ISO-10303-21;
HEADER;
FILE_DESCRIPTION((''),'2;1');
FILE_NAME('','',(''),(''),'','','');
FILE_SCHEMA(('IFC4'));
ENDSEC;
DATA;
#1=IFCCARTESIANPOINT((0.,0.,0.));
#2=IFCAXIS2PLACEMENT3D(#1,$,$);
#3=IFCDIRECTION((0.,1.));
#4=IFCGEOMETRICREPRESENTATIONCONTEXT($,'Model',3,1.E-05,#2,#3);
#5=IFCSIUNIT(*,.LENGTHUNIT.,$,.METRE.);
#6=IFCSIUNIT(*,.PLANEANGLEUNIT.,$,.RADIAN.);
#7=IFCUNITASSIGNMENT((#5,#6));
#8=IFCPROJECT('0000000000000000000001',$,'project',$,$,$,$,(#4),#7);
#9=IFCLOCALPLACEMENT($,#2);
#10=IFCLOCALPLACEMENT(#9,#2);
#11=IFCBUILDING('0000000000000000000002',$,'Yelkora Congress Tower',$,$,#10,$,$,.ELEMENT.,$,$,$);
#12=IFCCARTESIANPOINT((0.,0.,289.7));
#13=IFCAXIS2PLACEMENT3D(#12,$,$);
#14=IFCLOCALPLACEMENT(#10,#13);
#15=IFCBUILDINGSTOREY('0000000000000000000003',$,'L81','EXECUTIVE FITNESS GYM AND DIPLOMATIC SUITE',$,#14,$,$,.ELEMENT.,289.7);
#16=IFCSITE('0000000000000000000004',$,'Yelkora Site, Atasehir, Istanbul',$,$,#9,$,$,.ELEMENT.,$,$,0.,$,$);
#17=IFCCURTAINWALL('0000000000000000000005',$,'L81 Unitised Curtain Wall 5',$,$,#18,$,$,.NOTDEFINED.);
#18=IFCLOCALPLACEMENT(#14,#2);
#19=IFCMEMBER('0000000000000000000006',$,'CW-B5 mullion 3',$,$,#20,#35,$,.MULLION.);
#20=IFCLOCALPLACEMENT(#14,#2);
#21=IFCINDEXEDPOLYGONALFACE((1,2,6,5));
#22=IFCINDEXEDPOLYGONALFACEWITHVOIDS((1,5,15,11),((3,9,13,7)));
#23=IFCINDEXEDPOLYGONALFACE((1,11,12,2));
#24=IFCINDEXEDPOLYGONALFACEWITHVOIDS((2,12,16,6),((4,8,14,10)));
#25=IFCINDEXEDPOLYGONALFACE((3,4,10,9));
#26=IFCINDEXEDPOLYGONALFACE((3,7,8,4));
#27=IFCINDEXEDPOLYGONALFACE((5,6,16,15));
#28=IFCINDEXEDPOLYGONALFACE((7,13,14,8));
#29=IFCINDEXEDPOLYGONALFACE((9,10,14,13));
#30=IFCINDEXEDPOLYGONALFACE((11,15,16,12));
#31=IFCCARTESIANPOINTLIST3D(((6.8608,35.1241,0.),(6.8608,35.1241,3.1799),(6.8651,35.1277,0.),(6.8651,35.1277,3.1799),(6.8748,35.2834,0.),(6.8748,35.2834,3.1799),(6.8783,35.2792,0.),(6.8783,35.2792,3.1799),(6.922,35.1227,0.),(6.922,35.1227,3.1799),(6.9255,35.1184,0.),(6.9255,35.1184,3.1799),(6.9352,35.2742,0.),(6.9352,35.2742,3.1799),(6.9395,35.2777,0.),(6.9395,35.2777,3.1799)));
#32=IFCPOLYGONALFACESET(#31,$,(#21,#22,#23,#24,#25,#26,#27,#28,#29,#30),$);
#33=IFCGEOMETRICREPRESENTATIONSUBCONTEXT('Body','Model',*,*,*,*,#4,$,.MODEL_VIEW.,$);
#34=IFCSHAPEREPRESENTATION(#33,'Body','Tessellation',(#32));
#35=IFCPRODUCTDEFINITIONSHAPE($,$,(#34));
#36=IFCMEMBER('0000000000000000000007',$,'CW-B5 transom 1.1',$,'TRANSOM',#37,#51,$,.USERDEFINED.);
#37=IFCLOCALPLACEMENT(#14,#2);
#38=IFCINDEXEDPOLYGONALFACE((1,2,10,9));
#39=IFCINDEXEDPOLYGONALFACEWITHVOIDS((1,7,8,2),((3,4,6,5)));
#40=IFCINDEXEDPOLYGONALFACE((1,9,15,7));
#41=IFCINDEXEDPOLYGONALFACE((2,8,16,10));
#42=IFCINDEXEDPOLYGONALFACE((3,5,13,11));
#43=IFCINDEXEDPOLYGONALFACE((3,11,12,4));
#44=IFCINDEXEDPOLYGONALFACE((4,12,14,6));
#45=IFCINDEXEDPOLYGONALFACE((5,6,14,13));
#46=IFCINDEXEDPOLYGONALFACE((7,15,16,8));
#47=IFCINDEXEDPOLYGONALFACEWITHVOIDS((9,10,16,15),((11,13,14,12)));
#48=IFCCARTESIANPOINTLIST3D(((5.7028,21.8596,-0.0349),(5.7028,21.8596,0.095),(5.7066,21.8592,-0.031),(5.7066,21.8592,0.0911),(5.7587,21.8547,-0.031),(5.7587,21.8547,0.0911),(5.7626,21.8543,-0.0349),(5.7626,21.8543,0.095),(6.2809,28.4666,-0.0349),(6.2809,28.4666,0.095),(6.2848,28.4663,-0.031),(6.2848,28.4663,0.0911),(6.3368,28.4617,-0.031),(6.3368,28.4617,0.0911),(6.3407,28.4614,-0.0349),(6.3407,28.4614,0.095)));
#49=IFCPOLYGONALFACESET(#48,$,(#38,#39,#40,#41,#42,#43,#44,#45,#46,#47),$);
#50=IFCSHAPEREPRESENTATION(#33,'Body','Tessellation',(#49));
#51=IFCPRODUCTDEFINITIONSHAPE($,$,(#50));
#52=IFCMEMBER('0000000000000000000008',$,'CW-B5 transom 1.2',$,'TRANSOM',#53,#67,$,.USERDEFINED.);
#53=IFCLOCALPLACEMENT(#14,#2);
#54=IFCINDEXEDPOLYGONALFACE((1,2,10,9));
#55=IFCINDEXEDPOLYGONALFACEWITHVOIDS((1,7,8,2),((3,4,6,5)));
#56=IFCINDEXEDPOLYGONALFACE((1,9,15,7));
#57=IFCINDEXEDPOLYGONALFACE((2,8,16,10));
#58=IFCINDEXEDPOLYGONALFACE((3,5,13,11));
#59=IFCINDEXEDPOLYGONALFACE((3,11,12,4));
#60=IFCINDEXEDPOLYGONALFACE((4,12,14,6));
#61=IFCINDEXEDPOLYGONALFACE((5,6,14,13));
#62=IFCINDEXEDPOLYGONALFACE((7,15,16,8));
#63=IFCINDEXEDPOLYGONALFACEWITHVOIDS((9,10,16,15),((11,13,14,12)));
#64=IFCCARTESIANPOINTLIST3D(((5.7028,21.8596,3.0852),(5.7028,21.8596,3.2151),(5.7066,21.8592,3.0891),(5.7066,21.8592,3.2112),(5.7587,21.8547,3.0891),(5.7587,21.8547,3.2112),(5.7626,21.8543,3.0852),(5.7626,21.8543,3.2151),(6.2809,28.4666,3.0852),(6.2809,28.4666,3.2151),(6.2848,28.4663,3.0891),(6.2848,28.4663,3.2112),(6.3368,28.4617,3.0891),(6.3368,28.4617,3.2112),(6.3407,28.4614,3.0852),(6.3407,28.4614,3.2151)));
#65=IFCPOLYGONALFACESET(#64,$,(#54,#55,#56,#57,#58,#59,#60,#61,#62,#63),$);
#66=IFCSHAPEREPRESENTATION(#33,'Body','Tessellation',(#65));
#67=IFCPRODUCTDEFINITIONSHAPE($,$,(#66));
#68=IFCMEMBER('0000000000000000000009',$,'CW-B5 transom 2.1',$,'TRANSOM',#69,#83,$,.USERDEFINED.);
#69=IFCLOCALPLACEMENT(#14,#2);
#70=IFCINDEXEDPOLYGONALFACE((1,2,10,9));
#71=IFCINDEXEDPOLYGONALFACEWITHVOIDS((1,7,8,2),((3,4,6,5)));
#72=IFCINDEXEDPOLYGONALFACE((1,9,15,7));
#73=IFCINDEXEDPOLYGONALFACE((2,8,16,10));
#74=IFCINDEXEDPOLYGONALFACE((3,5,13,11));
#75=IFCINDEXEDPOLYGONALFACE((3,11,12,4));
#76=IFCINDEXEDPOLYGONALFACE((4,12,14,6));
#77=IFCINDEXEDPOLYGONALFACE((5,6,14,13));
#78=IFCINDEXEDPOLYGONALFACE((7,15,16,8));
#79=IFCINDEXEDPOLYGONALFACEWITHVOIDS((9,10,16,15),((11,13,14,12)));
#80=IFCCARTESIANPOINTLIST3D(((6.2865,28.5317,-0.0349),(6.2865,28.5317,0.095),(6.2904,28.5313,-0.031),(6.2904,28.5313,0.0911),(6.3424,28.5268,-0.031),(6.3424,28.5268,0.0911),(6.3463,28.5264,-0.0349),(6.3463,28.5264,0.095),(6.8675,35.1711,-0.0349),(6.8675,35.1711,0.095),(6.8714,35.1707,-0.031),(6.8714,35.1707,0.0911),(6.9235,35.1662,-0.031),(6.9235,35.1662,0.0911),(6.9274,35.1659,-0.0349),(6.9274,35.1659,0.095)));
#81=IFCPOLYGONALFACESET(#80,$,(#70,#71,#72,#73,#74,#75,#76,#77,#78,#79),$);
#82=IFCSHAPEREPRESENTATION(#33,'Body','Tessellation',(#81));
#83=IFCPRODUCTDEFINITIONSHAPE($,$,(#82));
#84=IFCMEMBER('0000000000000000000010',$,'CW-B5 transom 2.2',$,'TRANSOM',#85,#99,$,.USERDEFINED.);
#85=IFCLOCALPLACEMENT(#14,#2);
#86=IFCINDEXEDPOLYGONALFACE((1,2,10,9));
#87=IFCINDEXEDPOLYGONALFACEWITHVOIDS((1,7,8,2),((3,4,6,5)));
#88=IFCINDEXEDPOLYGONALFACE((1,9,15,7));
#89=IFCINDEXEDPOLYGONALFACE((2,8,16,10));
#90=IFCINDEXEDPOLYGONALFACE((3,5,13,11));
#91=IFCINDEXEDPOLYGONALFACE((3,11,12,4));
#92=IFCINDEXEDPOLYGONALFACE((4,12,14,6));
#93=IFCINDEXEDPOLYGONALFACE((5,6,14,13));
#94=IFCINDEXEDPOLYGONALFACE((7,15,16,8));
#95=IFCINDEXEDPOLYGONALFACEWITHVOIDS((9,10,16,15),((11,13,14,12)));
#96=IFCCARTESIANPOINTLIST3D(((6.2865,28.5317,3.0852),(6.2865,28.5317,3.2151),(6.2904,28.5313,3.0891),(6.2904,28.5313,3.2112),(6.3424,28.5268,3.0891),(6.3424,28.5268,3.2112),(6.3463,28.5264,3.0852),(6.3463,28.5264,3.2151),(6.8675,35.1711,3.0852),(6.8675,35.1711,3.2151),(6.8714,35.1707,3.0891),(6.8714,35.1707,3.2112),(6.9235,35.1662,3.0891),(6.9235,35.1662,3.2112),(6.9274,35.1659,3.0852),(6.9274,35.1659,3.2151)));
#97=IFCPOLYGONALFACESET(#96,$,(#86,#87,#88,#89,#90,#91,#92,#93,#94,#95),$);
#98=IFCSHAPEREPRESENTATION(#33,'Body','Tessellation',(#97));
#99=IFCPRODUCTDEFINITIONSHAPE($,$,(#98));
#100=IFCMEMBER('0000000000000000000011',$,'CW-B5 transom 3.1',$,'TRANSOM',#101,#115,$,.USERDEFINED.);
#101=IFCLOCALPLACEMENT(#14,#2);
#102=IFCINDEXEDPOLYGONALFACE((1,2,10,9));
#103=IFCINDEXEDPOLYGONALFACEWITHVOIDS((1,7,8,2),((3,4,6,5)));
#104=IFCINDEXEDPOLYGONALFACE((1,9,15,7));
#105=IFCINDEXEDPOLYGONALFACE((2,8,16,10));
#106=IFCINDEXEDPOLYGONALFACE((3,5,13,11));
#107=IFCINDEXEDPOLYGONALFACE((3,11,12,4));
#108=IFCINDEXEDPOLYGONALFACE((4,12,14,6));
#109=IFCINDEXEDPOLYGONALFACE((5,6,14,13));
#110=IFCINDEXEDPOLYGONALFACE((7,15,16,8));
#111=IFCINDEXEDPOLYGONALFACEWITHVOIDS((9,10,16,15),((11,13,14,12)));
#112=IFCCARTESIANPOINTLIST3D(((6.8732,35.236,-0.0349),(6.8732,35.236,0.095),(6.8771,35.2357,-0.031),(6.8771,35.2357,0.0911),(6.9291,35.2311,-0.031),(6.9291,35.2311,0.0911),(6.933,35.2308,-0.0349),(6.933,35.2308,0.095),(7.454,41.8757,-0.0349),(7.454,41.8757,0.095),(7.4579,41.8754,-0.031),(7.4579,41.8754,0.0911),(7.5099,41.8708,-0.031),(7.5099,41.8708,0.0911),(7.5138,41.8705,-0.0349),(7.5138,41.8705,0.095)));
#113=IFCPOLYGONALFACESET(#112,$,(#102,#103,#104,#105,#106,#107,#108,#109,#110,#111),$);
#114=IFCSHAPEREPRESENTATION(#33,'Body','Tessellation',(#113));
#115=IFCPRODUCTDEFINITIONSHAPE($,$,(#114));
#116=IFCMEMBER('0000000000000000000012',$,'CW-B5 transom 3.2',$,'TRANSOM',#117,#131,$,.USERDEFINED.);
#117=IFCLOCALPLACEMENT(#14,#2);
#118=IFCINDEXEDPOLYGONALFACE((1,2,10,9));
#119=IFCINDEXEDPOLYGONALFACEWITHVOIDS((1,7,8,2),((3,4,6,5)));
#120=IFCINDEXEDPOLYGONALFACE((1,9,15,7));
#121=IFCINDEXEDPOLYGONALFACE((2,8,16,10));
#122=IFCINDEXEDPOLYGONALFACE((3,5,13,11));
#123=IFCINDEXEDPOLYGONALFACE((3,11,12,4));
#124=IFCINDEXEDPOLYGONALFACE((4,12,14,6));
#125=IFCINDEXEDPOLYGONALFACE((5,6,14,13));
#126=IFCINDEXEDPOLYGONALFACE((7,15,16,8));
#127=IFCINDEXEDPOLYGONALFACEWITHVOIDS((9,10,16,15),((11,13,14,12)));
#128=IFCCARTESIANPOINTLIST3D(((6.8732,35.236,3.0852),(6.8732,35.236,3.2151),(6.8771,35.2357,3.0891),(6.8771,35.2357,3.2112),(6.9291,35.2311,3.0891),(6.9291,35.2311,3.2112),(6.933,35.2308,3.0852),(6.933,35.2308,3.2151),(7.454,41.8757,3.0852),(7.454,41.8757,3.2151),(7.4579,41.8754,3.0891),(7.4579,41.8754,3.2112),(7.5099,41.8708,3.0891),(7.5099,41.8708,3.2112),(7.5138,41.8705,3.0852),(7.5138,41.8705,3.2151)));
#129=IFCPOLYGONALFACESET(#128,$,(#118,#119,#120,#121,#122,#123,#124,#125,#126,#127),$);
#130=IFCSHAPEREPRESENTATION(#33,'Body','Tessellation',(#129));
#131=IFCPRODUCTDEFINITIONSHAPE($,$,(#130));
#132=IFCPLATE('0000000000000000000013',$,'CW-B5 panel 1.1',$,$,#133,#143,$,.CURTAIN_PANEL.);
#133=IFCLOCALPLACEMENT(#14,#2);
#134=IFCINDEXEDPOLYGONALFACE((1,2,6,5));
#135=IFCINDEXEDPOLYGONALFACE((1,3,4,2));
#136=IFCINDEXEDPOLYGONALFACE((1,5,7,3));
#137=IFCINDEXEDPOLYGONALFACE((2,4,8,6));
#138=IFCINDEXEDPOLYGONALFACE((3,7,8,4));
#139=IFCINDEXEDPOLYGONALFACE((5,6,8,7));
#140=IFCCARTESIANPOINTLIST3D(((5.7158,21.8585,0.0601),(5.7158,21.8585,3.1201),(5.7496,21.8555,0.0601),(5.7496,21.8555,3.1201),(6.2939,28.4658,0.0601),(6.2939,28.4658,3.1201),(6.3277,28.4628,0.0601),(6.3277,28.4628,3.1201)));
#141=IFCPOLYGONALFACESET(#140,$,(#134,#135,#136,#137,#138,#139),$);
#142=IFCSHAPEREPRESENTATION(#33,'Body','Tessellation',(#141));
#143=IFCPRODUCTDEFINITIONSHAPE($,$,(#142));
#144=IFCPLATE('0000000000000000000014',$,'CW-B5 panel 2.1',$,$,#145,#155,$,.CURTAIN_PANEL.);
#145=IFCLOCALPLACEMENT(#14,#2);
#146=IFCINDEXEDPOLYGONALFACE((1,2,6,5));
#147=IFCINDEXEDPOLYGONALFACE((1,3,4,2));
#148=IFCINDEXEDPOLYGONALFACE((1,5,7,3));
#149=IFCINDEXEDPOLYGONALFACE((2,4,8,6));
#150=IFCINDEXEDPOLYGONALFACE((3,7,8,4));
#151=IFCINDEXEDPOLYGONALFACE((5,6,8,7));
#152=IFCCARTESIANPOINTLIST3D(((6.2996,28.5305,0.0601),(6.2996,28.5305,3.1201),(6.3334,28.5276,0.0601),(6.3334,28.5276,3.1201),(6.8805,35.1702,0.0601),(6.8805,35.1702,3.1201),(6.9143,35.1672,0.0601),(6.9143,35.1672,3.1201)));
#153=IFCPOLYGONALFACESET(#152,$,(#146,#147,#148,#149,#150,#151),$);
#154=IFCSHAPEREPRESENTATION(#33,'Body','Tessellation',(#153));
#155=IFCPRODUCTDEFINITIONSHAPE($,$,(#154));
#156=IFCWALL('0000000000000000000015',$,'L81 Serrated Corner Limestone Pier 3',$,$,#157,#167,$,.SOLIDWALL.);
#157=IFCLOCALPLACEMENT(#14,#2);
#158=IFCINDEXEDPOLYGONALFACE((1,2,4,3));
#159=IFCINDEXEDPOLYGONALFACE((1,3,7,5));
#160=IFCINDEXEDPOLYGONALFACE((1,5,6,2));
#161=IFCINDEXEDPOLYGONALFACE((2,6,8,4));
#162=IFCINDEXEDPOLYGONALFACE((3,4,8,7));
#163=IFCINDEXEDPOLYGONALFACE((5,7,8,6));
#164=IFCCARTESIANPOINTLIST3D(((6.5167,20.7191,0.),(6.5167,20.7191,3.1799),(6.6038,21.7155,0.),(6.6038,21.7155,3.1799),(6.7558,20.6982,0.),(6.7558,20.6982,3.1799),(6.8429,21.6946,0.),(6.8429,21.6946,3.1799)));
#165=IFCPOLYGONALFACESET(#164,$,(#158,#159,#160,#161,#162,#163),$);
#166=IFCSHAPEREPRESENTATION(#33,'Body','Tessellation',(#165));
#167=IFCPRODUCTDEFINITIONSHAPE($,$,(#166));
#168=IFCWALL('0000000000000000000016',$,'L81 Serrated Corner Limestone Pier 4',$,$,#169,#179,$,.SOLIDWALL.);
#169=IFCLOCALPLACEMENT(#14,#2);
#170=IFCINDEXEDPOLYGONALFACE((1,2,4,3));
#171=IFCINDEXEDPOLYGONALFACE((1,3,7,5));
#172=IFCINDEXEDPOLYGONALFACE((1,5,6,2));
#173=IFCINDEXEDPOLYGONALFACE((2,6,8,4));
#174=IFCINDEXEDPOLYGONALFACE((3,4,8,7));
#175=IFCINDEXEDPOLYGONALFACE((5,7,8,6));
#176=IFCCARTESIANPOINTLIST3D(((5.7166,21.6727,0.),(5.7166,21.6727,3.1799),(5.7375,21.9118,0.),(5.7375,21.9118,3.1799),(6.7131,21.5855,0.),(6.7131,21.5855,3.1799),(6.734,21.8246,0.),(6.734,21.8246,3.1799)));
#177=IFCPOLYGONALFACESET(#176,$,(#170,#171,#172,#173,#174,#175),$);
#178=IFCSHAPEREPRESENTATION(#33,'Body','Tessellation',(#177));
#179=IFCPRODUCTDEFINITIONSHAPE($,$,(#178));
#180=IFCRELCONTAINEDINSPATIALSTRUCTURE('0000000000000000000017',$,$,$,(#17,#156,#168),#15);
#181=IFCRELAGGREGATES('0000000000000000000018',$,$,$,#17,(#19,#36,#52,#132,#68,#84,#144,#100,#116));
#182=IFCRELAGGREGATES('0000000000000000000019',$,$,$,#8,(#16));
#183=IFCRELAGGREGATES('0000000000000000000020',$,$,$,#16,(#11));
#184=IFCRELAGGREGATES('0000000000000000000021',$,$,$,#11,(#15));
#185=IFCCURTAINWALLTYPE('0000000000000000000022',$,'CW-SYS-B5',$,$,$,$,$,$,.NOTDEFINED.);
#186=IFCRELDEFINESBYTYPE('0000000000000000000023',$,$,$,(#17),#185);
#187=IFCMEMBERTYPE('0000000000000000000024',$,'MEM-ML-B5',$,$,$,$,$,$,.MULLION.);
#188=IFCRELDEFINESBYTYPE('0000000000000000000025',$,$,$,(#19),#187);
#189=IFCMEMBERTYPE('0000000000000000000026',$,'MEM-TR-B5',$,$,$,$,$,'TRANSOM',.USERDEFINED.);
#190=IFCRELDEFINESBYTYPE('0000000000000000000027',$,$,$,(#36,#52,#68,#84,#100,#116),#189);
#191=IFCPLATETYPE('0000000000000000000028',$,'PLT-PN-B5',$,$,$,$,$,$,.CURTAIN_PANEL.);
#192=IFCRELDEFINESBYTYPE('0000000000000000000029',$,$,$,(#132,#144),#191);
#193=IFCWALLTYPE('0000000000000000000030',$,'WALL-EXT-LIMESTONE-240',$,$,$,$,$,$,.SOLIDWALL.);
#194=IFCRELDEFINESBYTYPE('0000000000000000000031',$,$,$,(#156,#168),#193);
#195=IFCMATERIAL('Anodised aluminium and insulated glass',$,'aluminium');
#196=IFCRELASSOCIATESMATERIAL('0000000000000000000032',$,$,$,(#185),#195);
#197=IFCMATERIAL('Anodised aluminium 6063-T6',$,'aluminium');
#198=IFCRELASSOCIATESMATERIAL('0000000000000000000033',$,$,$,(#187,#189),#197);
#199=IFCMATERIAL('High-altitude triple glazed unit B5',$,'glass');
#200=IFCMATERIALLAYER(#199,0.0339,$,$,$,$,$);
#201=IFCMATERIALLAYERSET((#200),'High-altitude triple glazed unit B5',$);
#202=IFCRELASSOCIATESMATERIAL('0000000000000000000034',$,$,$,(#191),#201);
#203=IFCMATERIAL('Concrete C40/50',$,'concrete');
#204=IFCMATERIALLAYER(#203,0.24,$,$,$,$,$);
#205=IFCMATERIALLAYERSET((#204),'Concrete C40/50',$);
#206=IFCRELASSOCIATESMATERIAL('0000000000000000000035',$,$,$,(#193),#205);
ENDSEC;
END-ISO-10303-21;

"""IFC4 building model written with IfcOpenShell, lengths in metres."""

from ifc_helpers import new_model, si_unit, direction, frame, frame_2d, origin, origin_2d, place, context, subcontext, project, spatial, rectangle, hollow_rectangle, extrude, material, layer, layer_set, material_profile, profile_set, type_object, element, aggregate, save


model = new_model("IFC4")

# Units and contexts
model_context = context("Model", 3, precision=1e-05, world=origin(), true_north=direction((0.0, 1.0)))
body_context = subcontext(model_context, "Body", "Model", "MODEL_VIEW")
ifc_project = project(units=[si_unit("LENGTHUNIT", "METRE"), si_unit("PLANEANGLEUNIT", "RADIAN")], contexts=[model_context])

# Site, building, storey
site_placement = place(None, origin())
site = spatial("IfcSite", under=ifc_project, at=site_placement, Name="Yelkora Site, Atasehir, Istanbul", CompositionType="ELEMENT", RefElevation=0.0)
building_placement = place(site_placement, origin())
building = spatial("IfcBuilding", under=site, at=building_placement, Name="Yelkora Congress Tower", CompositionType="ELEMENT")
storey_placement = place(building_placement, frame((0.0, 0.0, 289.7)))
storey = spatial("IfcBuildingStorey", under=building, at=storey_placement, Name="L81", Description="EXECUTIVE FITNESS GYM AND DIPLOMATIC SUITE", CompositionType="ELEMENT", Elevation=289.7)

# Curtain wall, members, plates
ifc_material_1 = material(Name="Anodised aluminium and insulated glass", Category="aluminium")
curtain_wall_type = type_object("IfcCurtainWallType", Name="CW-SYS-B5", PredefinedType="NOTDEFINED", material=ifc_material_1)
curtain_wall_placement = place(storey_placement, origin())
curtain_wall = element("IfcCurtainWall", 1, at=curtain_wall_placement, inside=storey, type_object=curtain_wall_type, Name="L81 Unitised Curtain Wall 5", PredefinedType="NOTDEFINED")
ifc_material_2 = material(Name="Anodised aluminium 6063-T6", Category="aluminium")
ifc_material_profile_1 = material_profile(ifc_material_2, hollow_rectangle(XDim=0.0649, YDim=0.1599, WallThickness=0.0039, at=origin_2d()), Name="ALU 65x160x4")
ifc_profile_set_1 = profile_set([ifc_material_profile_1], Name="Anodised aluminium 6063-T6")
member_type_1 = type_object("IfcMemberType", Name="MEM-ML-B5", PredefinedType="MULLION", material=ifc_profile_set_1)
member_1_placement = place(storey_placement, frame((6.9001, 35.2009, 0.0), z_axis=(0.0, 0.0, 1.0), x_axis=(-0.996195, 0.087155, 0.0)))
member_1 = element("IfcMember", 2, at=member_1_placement, type_object=member_type_1, Name="CW-B5 mullion 3", PredefinedType="MULLION", context=body_context, shape_type="SweptSolid", body=[
    extrude(hollow_rectangle(XDim=0.0649, YDim=0.1599, WallThickness=0.0039, at=origin_2d()), origin(), (0.0, 0.0, 1.0), 3.1799),
])
ifc_material_profile_2 = material_profile(ifc_material_2, hollow_rectangle(XDim=0.0601, YDim=0.1299, WallThickness=0.0039, at=origin_2d()), Name="ALU 60x130x4")
ifc_profile_set_2 = profile_set([ifc_material_profile_2], Name="Anodised aluminium 6063-T6")
member_type_2 = type_object("IfcMemberType", Name="MEM-TR-B5", ElementType="TRANSOM", PredefinedType="USERDEFINED", material=ifc_profile_set_2)
member_2_placement = place(storey_placement, frame((5.7327, 21.8569, 0.03), z_axis=(0.087166, 0.996194, 0.0), x_axis=(-0.996194, 0.087166, 0.0)))
member_2 = element("IfcMember", 3, at=member_2_placement, type_object=member_type_2, Name="CW-B5 transom 1.1", ObjectType="TRANSOM", PredefinedType="USERDEFINED", context=body_context, shape_type="SweptSolid", body=[
    extrude(hollow_rectangle(XDim=0.0601, YDim=0.1299, WallThickness=0.0039, at=origin_2d()), origin(), (0.0, 0.0, 1.0), 6.6323),
])
member_3_placement = place(storey_placement, frame((5.7327, 21.8569, 3.1501), z_axis=(0.087166, 0.996194, 0.0), x_axis=(-0.996194, 0.087166, 0.0)))
member_3 = element("IfcMember", 4, at=member_3_placement, type_object=member_type_2, Name="CW-B5 transom 1.2", ObjectType="TRANSOM", PredefinedType="USERDEFINED", context=body_context, shape_type="SweptSolid", body=[
    extrude(hollow_rectangle(XDim=0.0601, YDim=0.1299, WallThickness=0.0039, at=origin_2d()), origin(), (0.0, 0.0, 1.0), 6.6323),
])
member_4_placement = place(storey_placement, frame((6.3164, 28.5291, 0.03), z_axis=(0.087183, 0.996192, 0.0), x_axis=(-0.996192, 0.087183, 0.0)))
member_4 = element("IfcMember", 5, at=member_4_placement, type_object=member_type_2, Name="CW-B5 transom 2.1", ObjectType="TRANSOM", PredefinedType="USERDEFINED", context=body_context, shape_type="SweptSolid", body=[
    extrude(hollow_rectangle(XDim=0.0601, YDim=0.1299, WallThickness=0.0039, at=origin_2d()), origin(), (0.0, 0.0, 1.0), 6.6648),
])
member_5_placement = place(storey_placement, frame((6.3164, 28.5291, 3.1501), z_axis=(0.087183, 0.996192, 0.0), x_axis=(-0.996192, 0.087183, 0.0)))
member_5 = element("IfcMember", 6, at=member_5_placement, type_object=member_type_2, Name="CW-B5 transom 2.2", ObjectType="TRANSOM", PredefinedType="USERDEFINED", context=body_context, shape_type="SweptSolid", body=[
    extrude(hollow_rectangle(XDim=0.0601, YDim=0.1299, WallThickness=0.0039, at=origin_2d()), origin(), (0.0, 0.0, 1.0), 6.6648),
])
member_6_placement = place(storey_placement, frame((6.9031, 35.2334, 0.03), z_axis=(0.087143, 0.996196, 0.0), x_axis=(-0.996196, 0.087143, 0.0)))
member_6 = element("IfcMember", 7, at=member_6_placement, type_object=member_type_2, Name="CW-B5 transom 3.1", ObjectType="TRANSOM", PredefinedType="USERDEFINED", context=body_context, shape_type="SweptSolid", body=[
    extrude(hollow_rectangle(XDim=0.0601, YDim=0.1299, WallThickness=0.0039, at=origin_2d()), origin(), (0.0, 0.0, 1.0), 6.665),
])
member_7_placement = place(storey_placement, frame((6.9031, 35.2334, 3.1501), z_axis=(0.087143, 0.996196, 0.0), x_axis=(-0.996196, 0.087143, 0.0)))
member_7 = element("IfcMember", 8, at=member_7_placement, type_object=member_type_2, Name="CW-B5 transom 3.2", ObjectType="TRANSOM", PredefinedType="USERDEFINED", context=body_context, shape_type="SweptSolid", body=[
    extrude(hollow_rectangle(XDim=0.0601, YDim=0.1299, WallThickness=0.0039, at=origin_2d()), origin(), (0.0, 0.0, 1.0), 6.665),
])
ifc_material_3 = material(Name="High-altitude triple glazed unit B5", Category="glass")
ifc_layer_1 = layer(ifc_material_3, 0.0339)
ifc_layer_set_1 = layer_set([ifc_layer_1], Name="High-altitude triple glazed unit B5")
plate_type = type_object("IfcPlateType", Name="PLT-PN-B5", PredefinedType="CURTAIN_PANEL", material=ifc_layer_set_1)
plate_1_placement = place(storey_placement, frame((6.0217, 25.1606, 0.0601), z_axis=(0.0, 0.0, 1.0), x_axis=(0.087155, 0.996195, 0.0)))
plate_1 = element("IfcPlate", 9, at=plate_1_placement, type_object=plate_type, Name="CW-B5 panel 1.1", PredefinedType="CURTAIN_PANEL", context=body_context, shape_type="SweptSolid", body=[
    extrude(rectangle(XDim=6.6326, YDim=0.0339, at=origin_2d()), origin(), (0.0, 0.0, 1.0), 3.0601),
])
plate_2_placement = place(storey_placement, frame((6.6069, 31.8489, 0.0601), z_axis=(0.0, 0.0, 1.0), x_axis=(0.087155, 0.996195, 0.0)))
plate_2 = element("IfcPlate", 10, at=plate_2_placement, type_object=plate_type, Name="CW-B5 panel 2.1", PredefinedType="CURTAIN_PANEL", context=body_context, shape_type="SweptSolid", body=[
    extrude(rectangle(XDim=6.665, YDim=0.0339, at=origin_2d()), origin(), (0.0, 0.0, 1.0), 3.0601),
])
aggregate(curtain_wall, [member_1, member_2, member_3, plate_1, member_4, member_5, plate_2, member_6, member_7])

# Walls
ifc_material_4 = material(Name="Concrete C40/50", Category="concrete")
ifc_layer_2 = layer(ifc_material_4, 0.24)
ifc_layer_set_2 = layer_set([ifc_layer_2], Name="Concrete C40/50")
wall_type_1 = type_object("IfcWallType", Name="WALL-EXT-LIMESTONE-240", PredefinedType="SOLIDWALL", material=ifc_layer_set_2)
for number, where, z_axis, x_axis, name in (
    (11, (6.6362, 20.7087, 0.0), (0.0, 0.0, 1.0), (0.087146, 0.996196, 0.0), "L81 Serrated Corner Limestone Pier 3"),
    (12, (6.7234, 21.7051, 0.0), (0.0, 0.0, 1.0), (-0.996196, 0.087146, 0.0), "L81 Serrated Corner Limestone Pier 4"),
):
    element("IfcWall", number, at=place(storey_placement, frame(where, z_axis=z_axis, x_axis=x_axis)), inside=storey, type_object=wall_type_1, Name=name, PredefinedType="SOLIDWALL", context=body_context, shape_type="SweptSolid", body=[
        extrude(rectangle(XDim=1.0002, YDim=0.24, at=frame_2d((0.5, 0.0))), origin(), (0.0, 0.0, 1.0), 3.1799),
    ])

save(model, "model.ifc")
